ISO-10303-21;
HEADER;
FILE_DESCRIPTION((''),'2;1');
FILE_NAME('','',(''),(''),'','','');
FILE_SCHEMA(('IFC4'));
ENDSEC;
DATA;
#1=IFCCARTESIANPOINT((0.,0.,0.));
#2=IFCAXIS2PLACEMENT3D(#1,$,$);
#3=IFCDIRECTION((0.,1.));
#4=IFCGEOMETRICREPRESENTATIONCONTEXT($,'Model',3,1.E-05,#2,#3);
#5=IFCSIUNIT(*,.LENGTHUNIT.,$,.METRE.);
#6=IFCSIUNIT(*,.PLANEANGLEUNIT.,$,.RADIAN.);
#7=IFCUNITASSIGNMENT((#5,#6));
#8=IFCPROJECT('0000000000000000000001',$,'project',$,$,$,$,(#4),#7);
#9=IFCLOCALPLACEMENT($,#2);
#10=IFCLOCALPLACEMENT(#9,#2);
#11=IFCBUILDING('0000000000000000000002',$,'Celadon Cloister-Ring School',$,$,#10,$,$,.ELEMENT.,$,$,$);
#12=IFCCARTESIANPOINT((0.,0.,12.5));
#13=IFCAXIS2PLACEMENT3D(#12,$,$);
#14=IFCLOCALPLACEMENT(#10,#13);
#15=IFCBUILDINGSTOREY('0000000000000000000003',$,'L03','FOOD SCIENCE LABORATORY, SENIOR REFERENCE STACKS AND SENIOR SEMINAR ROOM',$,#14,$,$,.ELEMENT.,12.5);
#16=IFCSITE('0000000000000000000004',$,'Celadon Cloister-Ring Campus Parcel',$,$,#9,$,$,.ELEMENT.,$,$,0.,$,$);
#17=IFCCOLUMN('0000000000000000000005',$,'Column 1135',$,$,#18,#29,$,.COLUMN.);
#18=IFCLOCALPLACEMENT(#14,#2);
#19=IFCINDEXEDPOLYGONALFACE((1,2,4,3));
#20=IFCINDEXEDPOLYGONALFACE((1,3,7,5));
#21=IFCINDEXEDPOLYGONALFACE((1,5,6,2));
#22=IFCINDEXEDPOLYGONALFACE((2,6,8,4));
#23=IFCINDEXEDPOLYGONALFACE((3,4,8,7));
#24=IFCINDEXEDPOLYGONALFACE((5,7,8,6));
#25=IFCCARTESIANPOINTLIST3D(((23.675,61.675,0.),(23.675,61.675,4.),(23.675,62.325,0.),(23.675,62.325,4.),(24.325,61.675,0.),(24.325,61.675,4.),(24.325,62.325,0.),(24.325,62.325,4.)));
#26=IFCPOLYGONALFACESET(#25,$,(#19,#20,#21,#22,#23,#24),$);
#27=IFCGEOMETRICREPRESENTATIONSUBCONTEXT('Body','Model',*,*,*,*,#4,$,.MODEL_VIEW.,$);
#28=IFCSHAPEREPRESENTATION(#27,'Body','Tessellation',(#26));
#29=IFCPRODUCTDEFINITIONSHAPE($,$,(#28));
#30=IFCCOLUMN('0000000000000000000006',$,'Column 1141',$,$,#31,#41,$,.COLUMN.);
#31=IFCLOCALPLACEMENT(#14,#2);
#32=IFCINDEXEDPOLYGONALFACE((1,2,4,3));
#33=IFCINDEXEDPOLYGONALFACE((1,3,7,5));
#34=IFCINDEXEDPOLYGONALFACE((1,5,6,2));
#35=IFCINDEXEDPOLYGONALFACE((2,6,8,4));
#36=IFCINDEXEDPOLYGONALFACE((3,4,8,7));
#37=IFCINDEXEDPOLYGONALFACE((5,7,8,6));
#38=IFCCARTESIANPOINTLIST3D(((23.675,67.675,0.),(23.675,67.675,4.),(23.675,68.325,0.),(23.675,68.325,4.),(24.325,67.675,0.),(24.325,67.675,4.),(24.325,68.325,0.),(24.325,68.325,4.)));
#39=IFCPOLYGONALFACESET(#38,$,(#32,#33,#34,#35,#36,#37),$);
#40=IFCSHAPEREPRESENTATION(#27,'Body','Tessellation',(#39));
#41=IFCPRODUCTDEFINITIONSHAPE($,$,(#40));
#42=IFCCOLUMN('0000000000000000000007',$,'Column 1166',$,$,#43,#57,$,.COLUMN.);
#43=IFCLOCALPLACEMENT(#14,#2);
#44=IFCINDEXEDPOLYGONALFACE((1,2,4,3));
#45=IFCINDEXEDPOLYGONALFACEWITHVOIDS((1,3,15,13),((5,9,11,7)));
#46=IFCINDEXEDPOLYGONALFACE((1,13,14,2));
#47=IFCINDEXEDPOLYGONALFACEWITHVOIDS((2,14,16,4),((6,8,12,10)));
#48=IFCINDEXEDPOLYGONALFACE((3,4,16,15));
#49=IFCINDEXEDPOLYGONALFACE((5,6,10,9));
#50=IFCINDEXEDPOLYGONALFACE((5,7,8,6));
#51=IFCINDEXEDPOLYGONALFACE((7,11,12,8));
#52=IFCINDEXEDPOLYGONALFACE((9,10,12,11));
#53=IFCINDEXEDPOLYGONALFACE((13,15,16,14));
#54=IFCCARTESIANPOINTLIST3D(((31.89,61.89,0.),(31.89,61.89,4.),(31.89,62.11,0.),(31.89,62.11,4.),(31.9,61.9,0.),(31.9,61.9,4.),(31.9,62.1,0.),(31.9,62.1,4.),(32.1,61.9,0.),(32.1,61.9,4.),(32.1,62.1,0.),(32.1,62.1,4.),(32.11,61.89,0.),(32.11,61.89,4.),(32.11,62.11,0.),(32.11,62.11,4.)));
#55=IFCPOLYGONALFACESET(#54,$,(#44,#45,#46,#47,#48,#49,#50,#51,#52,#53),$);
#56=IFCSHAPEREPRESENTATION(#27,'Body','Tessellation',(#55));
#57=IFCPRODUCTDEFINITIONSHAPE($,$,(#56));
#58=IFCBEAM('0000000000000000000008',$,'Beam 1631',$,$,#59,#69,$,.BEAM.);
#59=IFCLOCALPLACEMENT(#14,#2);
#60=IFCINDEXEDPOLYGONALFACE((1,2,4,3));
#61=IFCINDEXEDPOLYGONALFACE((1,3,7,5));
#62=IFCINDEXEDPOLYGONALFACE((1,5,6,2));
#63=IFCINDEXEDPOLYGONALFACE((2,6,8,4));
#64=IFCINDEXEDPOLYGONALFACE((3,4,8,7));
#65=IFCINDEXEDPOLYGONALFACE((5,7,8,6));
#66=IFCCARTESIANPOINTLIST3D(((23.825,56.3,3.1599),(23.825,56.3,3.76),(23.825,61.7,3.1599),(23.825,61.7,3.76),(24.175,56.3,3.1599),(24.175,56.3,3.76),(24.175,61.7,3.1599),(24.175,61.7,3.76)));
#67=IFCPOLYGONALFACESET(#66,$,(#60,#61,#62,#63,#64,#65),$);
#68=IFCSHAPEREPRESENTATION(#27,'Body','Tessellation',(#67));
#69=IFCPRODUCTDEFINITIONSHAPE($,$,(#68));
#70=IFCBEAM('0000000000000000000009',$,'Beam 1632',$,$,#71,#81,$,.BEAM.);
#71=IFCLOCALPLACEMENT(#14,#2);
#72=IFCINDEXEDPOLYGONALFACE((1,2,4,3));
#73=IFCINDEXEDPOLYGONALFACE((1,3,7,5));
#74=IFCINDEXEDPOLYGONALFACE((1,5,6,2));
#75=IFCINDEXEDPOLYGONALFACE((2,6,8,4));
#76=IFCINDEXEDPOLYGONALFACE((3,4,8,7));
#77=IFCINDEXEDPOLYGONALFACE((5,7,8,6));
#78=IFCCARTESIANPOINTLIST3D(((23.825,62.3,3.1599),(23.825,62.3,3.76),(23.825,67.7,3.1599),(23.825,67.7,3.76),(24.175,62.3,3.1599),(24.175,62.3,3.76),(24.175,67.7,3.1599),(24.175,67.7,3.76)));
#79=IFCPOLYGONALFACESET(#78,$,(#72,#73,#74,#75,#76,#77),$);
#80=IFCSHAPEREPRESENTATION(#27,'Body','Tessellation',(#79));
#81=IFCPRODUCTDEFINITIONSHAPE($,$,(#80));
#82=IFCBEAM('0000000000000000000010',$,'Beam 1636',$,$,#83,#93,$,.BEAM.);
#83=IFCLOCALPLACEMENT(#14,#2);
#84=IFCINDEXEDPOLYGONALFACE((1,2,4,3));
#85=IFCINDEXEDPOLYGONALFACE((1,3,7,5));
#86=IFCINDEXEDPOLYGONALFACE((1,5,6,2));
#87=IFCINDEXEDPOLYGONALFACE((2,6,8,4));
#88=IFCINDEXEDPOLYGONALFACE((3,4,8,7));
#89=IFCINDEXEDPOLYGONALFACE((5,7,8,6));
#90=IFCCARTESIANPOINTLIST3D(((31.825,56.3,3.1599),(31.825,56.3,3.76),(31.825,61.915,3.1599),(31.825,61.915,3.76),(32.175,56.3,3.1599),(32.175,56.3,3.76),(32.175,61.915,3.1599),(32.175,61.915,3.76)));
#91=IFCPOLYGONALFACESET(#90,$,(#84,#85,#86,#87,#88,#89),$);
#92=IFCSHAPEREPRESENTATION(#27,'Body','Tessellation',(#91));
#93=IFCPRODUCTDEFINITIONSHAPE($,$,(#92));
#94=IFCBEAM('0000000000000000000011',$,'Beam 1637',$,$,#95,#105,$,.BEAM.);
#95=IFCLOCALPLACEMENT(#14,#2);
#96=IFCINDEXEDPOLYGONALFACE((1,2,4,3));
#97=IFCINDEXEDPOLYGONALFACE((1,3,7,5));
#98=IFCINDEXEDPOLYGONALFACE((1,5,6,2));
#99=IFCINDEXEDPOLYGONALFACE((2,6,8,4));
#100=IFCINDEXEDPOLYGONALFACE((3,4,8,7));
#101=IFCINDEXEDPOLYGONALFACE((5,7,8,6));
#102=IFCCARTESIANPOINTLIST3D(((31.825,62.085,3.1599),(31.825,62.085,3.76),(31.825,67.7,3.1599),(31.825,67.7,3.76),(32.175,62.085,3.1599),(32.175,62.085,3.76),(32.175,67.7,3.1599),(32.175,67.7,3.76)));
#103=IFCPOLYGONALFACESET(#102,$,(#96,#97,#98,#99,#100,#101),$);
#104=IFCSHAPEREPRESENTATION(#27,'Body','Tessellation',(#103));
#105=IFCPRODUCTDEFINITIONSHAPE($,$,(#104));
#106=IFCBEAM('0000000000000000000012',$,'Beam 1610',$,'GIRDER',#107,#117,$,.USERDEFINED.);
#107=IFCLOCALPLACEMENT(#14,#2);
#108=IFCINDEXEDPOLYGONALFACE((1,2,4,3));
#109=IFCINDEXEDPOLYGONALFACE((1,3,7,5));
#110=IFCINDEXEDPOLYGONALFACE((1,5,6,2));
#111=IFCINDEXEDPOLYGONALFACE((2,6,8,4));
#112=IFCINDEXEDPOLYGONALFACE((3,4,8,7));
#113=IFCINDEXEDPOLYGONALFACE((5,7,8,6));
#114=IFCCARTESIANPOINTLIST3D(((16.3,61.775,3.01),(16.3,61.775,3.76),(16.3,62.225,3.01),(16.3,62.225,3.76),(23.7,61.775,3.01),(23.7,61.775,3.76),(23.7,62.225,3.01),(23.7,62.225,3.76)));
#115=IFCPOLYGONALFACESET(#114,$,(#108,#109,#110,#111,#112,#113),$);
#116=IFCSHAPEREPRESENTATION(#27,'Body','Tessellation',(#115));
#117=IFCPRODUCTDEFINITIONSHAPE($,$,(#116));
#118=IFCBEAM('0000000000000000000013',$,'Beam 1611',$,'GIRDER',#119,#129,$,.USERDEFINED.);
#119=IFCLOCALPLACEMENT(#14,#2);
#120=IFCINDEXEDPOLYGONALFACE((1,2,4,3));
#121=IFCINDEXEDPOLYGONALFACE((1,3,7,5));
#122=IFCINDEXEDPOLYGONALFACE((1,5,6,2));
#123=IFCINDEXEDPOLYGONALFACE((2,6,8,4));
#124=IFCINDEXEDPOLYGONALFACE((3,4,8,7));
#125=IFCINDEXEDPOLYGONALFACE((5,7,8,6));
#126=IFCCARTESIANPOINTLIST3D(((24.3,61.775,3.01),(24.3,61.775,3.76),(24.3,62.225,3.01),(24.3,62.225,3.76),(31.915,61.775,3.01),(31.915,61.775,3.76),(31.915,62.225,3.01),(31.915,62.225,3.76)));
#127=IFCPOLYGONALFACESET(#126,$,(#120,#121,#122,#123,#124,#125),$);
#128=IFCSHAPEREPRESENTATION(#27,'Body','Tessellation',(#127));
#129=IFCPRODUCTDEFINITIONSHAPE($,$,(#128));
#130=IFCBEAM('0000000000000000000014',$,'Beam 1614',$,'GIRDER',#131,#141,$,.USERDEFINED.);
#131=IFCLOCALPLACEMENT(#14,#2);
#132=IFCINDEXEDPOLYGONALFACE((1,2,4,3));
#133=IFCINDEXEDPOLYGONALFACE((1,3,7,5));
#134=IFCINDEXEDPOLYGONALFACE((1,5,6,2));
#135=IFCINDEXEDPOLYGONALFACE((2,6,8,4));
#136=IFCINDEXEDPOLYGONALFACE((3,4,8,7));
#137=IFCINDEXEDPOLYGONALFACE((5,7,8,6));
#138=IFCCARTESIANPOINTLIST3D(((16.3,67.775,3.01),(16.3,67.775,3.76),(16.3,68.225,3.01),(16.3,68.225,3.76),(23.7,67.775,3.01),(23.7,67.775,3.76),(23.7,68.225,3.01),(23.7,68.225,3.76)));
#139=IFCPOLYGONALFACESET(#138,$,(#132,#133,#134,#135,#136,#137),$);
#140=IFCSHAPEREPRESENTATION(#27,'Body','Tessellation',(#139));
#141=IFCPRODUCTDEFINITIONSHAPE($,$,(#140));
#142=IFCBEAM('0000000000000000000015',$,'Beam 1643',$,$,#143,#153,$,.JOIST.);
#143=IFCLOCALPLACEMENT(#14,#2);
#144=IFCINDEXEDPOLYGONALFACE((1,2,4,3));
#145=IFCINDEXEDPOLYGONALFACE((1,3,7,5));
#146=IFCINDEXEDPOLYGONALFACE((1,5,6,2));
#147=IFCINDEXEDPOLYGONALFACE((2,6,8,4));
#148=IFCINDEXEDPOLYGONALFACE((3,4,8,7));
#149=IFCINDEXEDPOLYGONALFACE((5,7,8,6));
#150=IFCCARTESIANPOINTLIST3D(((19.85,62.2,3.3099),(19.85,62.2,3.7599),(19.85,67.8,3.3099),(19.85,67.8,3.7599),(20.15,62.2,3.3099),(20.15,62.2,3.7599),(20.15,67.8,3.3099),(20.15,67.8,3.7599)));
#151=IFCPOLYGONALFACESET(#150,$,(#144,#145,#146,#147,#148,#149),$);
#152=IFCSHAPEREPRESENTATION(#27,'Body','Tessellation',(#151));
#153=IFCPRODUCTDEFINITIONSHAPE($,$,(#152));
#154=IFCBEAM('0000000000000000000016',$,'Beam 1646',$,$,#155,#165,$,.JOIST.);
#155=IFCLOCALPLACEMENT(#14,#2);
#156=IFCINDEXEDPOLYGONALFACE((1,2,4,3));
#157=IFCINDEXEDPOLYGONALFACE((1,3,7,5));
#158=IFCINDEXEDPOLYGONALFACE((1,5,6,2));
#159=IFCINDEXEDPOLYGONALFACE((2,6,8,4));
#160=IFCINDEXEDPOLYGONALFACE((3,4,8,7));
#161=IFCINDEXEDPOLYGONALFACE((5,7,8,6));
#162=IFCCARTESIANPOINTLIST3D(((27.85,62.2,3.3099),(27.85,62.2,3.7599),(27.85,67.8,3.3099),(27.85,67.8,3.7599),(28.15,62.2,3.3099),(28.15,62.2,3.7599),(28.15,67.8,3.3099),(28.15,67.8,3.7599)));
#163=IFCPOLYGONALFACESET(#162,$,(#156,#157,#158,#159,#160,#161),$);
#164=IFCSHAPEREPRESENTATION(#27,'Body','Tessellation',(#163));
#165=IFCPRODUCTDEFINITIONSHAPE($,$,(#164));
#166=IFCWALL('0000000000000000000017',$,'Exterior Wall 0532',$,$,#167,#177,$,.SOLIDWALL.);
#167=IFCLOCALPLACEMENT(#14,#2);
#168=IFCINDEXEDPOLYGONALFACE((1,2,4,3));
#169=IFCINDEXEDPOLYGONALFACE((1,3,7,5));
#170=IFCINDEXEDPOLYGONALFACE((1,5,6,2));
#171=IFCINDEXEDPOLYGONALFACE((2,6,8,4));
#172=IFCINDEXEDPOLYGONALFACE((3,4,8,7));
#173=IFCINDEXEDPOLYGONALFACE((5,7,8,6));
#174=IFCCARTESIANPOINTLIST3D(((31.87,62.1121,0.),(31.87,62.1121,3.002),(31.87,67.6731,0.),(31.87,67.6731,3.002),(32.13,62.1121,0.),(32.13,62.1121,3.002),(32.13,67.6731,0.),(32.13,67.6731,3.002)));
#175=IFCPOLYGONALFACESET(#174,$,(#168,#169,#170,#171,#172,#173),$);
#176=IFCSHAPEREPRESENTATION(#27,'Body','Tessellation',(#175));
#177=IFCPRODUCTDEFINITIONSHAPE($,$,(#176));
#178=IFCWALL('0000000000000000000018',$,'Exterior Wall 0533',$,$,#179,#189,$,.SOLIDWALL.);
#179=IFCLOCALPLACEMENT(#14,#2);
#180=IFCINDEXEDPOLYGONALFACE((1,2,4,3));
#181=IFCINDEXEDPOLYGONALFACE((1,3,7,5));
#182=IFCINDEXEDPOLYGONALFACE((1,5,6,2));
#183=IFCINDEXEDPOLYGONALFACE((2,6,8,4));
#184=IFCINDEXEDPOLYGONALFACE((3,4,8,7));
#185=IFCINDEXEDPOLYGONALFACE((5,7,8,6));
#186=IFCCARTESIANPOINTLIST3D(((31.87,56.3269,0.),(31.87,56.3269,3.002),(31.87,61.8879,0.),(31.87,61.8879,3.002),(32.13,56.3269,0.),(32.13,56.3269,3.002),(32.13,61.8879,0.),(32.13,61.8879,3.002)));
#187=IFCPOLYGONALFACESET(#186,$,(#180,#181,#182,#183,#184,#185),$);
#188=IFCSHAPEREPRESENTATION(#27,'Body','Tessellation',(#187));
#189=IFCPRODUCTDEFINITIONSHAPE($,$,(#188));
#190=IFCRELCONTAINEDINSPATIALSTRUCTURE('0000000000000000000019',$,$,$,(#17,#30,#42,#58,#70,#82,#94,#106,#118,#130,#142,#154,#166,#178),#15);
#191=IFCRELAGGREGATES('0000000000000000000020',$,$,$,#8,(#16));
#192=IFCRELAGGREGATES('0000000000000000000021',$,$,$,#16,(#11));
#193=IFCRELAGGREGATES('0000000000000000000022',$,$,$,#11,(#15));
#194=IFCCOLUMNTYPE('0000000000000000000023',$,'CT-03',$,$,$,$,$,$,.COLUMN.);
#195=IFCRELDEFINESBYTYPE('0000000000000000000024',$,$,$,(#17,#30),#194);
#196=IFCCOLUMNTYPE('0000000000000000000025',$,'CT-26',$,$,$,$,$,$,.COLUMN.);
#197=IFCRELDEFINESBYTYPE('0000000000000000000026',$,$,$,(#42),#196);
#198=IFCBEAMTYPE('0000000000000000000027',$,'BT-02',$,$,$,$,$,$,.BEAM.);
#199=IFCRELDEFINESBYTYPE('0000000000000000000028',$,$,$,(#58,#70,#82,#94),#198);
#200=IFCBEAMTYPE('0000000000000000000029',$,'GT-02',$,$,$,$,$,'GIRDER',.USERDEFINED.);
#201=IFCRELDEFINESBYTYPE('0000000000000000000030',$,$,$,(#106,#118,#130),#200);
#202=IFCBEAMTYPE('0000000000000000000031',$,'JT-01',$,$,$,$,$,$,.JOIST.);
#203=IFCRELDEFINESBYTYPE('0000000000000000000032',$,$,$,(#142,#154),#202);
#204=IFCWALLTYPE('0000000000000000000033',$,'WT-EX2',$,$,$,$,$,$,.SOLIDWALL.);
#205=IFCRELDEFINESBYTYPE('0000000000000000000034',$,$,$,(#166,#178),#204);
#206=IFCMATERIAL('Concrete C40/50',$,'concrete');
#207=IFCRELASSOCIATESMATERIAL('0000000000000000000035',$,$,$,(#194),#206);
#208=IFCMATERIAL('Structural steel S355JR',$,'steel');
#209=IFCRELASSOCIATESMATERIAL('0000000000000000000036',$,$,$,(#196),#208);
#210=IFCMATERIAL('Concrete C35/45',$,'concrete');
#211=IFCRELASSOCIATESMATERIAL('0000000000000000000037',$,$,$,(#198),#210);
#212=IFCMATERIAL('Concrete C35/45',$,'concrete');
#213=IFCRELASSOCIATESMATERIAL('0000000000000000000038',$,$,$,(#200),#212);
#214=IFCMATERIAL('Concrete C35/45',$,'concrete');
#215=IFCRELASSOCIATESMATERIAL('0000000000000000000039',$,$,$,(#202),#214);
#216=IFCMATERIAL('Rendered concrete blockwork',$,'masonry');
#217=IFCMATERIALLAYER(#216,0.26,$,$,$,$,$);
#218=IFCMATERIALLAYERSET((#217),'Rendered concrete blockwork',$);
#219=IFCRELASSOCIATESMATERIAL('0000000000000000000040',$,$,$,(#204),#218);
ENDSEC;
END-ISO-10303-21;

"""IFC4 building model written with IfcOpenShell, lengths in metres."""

from ifc_helpers import new_model, si_unit, direction, frame, frame_2d, origin, origin_2d, place, context, subcontext, project, spatial, rectangle, hollow_rectangle, extrude, material, layer, layer_set, material_profile, profile_set, type_object, element, save


model = new_model("IFC4")

# Units and contexts
model_context = context("Model", 3, precision=1e-05, world=origin(), true_north=direction((0.0, 1.0)))
body_context = subcontext(model_context, "Body", "Model", "MODEL_VIEW")
ifc_project = project(units=[si_unit("LENGTHUNIT", "METRE"), si_unit("PLANEANGLEUNIT", "RADIAN")], contexts=[model_context])

# Site, building, storey
site_placement = place(None, origin())
site = spatial("IfcSite", under=ifc_project, at=site_placement, Name="Celadon Cloister-Ring Campus Parcel", CompositionType="ELEMENT", RefElevation=0.0)
building_placement = place(site_placement, origin())
building = spatial("IfcBuilding", under=site, at=building_placement, Name="Celadon Cloister-Ring School", CompositionType="ELEMENT")
storey_placement = place(building_placement, frame((0.0, 0.0, 12.5)))
storey = spatial("IfcBuildingStorey", under=building, at=storey_placement, Name="L03", Description="FOOD SCIENCE LABORATORY, SENIOR REFERENCE STACKS AND SENIOR SEMINAR ROOM", CompositionType="ELEMENT", Elevation=12.5)

# Columns
ifc_material_1 = material(Name="Concrete C40/50", Category="concrete")
ifc_material_profile_1 = material_profile(ifc_material_1, rectangle(XDim=0.6499, YDim=0.6499, at=origin_2d()), Name="RC650X650")
ifc_profile_set_1 = profile_set([ifc_material_profile_1], Name="Concrete C40/50")
column_type_1 = type_object("IfcColumnType", Name="CT-03", PredefinedType="COLUMN", material=ifc_profile_set_1)
for number, where, z_axis, x_axis, name in (
    (1, (24.0, 62.0, 0.0), (0.0, 0.0, 1.0), (1.0, 0.0, 0.0), "Column 1135"),
    (2, (24.0, 68.0, 0.0), (0.0, 0.0, 1.0), (1.0, 0.0, 0.0), "Column 1141"),
):
    element("IfcColumn", number, at=place(storey_placement, frame(where, z_axis=z_axis, x_axis=x_axis)), inside=storey, type_object=column_type_1, Name=name, PredefinedType="COLUMN", context=body_context, shape_type="SweptSolid", body=[
        extrude(rectangle(XDim=0.6499, YDim=0.6499, at=origin_2d()), origin(), (0.0, 0.0, 1.0), 4.0),
    ])
ifc_material_2 = material(Name="Structural steel S355JR", Category="steel")
ifc_material_profile_2 = material_profile(ifc_material_2, hollow_rectangle(XDim=0.22, YDim=0.22, WallThickness=0.01, at=origin_2d()), Name="HSS220X220X10")
ifc_profile_set_2 = profile_set([ifc_material_profile_2], Name="Structural steel S355JR")
column_type_2 = type_object("IfcColumnType", Name="CT-26", PredefinedType="COLUMN", material=ifc_profile_set_2)
column_placement = place(storey_placement, frame((32.0, 62.0, 0.0), z_axis=(0.0, 0.0, 1.0), x_axis=(1.0, 0.0, 0.0)))
element("IfcColumn", 3, at=column_placement, inside=storey, type_object=column_type_2, Name="Column 1166", PredefinedType="COLUMN", context=body_context, shape_type="SweptSolid", body=[
    extrude(hollow_rectangle(XDim=0.22, YDim=0.22, WallThickness=0.01, at=origin_2d()), origin(), (0.0, 0.0, 1.0), 4.0),
])

# Beams
ifc_material_3 = material(Name="Concrete C35/45", Category="concrete")
ifc_material_profile_3 = material_profile(ifc_material_3, rectangle(XDim=0.3501, YDim=0.6001, at=origin_2d()), Name="RC350X600")
ifc_profile_set_3 = profile_set([ifc_material_profile_3], Name="Concrete C35/45")
beam_type_1 = type_object("IfcBeamType", Name="BT-02", PredefinedType="BEAM", material=ifc_profile_set_3)
for number, where, z_axis, x_axis, name in (
    (4, (24.0, 56.3, 3.46), (0.0, 1.0, 0.0), (-1.0, 0.0, 0.0), "Beam 1631"),
    (5, (24.0, 62.3, 3.46), (0.0, 1.0, 0.0), (-1.0, 0.0, 0.0), "Beam 1632"),
):
    element("IfcBeam", number, at=place(storey_placement, frame(where, z_axis=z_axis, x_axis=x_axis)), inside=storey, type_object=beam_type_1, Name=name, PredefinedType="BEAM", context=body_context, shape_type="SweptSolid", body=[
        extrude(rectangle(XDim=0.3501, YDim=0.6001, at=origin_2d()), origin(), (0.0, 0.0, 1.0), 5.3999),
    ])
for number, where, z_axis, x_axis, name in (
    (6, (32.0, 56.3, 3.46), (0.0, 1.0, 0.0), (-1.0, 0.0, 0.0), "Beam 1636"),
    (7, (32.0, 62.085, 3.46), (0.0, 1.0, 0.0), (-1.0, 0.0, 0.0), "Beam 1637"),
):
    element("IfcBeam", number, at=place(storey_placement, frame(where, z_axis=z_axis, x_axis=x_axis)), inside=storey, type_object=beam_type_1, Name=name, PredefinedType="BEAM", context=body_context, shape_type="SweptSolid", body=[
        extrude(rectangle(XDim=0.3501, YDim=0.6001, at=origin_2d()), origin(), (0.0, 0.0, 1.0), 5.615),
    ])
ifc_material_4 = material(Name="Concrete C35/45", Category="concrete")
ifc_material_profile_4 = material_profile(ifc_material_4, rectangle(XDim=0.45, YDim=0.75, at=origin_2d()), Name="RC450X750")
ifc_profile_set_4 = profile_set([ifc_material_profile_4], Name="Concrete C35/45")
beam_type_2 = type_object("IfcBeamType", Name="GT-02", ElementType="GIRDER", PredefinedType="USERDEFINED", material=ifc_profile_set_4)
beam_1_placement = place(storey_placement, frame((16.3, 62.0, 3.385), z_axis=(1.0, 0.0, 0.0), x_axis=(0.0, 1.0, 0.0)))
element("IfcBeam", 8, at=beam_1_placement, inside=storey, type_object=beam_type_2, Name="Beam 1610", ObjectType="GIRDER", PredefinedType="USERDEFINED", context=body_context, shape_type="SweptSolid", body=[
    extrude(rectangle(XDim=0.45, YDim=0.75, at=origin_2d()), origin(), (0.0, 0.0, 1.0), 7.3999),
])
beam_2_placement = place(storey_placement, frame((24.3, 62.0, 3.385), z_axis=(1.0, 0.0, 0.0), x_axis=(0.0, 1.0, 0.0)))
element("IfcBeam", 9, at=beam_2_placement, inside=storey, type_object=beam_type_2, Name="Beam 1611", ObjectType="GIRDER", PredefinedType="USERDEFINED", context=body_context, shape_type="SweptSolid", body=[
    extrude(rectangle(XDim=0.45, YDim=0.75, at=origin_2d()), origin(), (0.0, 0.0, 1.0), 7.615),
])
beam_3_placement = place(storey_placement, frame((16.3, 68.0, 3.385), z_axis=(1.0, 0.0, 0.0), x_axis=(0.0, 1.0, 0.0)))
element("IfcBeam", 10, at=beam_3_placement, inside=storey, type_object=beam_type_2, Name="Beam 1614", ObjectType="GIRDER", PredefinedType="USERDEFINED", context=body_context, shape_type="SweptSolid", body=[
    extrude(rectangle(XDim=0.45, YDim=0.75, at=origin_2d()), origin(), (0.0, 0.0, 1.0), 7.3999),
])
ifc_material_5 = material(Name="Concrete C35/45", Category="concrete")
ifc_material_profile_5 = material_profile(ifc_material_5, rectangle(XDim=0.3, YDim=0.45, at=origin_2d()), Name="RC300X450")
ifc_profile_set_5 = profile_set([ifc_material_profile_5], Name="Concrete C35/45")
beam_type_3 = type_object("IfcBeamType", Name="JT-01", PredefinedType="JOIST", material=ifc_profile_set_5)
for number, where, z_axis, x_axis, name in (
    (11, (20.0, 62.2, 3.5349), (0.0, 1.0, 0.0), (-1.0, 0.0, 0.0), "Beam 1643"),
    (12, (28.0, 62.2, 3.5349), (0.0, 1.0, 0.0), (-1.0, 0.0, 0.0), "Beam 1646"),
):
    element("IfcBeam", number, at=place(storey_placement, frame(where, z_axis=z_axis, x_axis=x_axis)), inside=storey, type_object=beam_type_3, Name=name, PredefinedType="JOIST", context=body_context, shape_type="SweptSolid", body=[
        extrude(rectangle(XDim=0.3, YDim=0.45, at=origin_2d()), origin(), (0.0, 0.0, 1.0), 5.6001),
    ])

# Walls
ifc_material_6 = material(Name="Rendered concrete blockwork", Category="masonry")
ifc_layer_1 = layer(ifc_material_6, 0.26)
ifc_layer_set_1 = layer_set([ifc_layer_1], Name="Rendered concrete blockwork")
wall_type_1 = type_object("IfcWallType", Name="WT-EX2", PredefinedType="SOLIDWALL", material=ifc_layer_set_1)
for number, where, z_axis, x_axis, name in (
    (13, (32.0, 67.6731, 0.0), (0.0, 0.0, 1.0), (0.0, -1.0, 0.0), "Exterior Wall 0532"),
    (14, (32.0, 61.8879, 0.0), (0.0, 0.0, 1.0), (0.0, -1.0, 0.0), "Exterior Wall 0533"),
):
    element("IfcWall", number, at=place(storey_placement, frame(where, z_axis=z_axis, x_axis=x_axis)), inside=storey, type_object=wall_type_1, Name=name, PredefinedType="SOLIDWALL", context=body_context, shape_type="SweptSolid", body=[
        extrude(rectangle(XDim=5.561, YDim=0.26, at=frame_2d((2.7805, 0.0))), origin(), (0.0, 0.0, 1.0), 3.002),
    ])

save(model, "model.ifc")
